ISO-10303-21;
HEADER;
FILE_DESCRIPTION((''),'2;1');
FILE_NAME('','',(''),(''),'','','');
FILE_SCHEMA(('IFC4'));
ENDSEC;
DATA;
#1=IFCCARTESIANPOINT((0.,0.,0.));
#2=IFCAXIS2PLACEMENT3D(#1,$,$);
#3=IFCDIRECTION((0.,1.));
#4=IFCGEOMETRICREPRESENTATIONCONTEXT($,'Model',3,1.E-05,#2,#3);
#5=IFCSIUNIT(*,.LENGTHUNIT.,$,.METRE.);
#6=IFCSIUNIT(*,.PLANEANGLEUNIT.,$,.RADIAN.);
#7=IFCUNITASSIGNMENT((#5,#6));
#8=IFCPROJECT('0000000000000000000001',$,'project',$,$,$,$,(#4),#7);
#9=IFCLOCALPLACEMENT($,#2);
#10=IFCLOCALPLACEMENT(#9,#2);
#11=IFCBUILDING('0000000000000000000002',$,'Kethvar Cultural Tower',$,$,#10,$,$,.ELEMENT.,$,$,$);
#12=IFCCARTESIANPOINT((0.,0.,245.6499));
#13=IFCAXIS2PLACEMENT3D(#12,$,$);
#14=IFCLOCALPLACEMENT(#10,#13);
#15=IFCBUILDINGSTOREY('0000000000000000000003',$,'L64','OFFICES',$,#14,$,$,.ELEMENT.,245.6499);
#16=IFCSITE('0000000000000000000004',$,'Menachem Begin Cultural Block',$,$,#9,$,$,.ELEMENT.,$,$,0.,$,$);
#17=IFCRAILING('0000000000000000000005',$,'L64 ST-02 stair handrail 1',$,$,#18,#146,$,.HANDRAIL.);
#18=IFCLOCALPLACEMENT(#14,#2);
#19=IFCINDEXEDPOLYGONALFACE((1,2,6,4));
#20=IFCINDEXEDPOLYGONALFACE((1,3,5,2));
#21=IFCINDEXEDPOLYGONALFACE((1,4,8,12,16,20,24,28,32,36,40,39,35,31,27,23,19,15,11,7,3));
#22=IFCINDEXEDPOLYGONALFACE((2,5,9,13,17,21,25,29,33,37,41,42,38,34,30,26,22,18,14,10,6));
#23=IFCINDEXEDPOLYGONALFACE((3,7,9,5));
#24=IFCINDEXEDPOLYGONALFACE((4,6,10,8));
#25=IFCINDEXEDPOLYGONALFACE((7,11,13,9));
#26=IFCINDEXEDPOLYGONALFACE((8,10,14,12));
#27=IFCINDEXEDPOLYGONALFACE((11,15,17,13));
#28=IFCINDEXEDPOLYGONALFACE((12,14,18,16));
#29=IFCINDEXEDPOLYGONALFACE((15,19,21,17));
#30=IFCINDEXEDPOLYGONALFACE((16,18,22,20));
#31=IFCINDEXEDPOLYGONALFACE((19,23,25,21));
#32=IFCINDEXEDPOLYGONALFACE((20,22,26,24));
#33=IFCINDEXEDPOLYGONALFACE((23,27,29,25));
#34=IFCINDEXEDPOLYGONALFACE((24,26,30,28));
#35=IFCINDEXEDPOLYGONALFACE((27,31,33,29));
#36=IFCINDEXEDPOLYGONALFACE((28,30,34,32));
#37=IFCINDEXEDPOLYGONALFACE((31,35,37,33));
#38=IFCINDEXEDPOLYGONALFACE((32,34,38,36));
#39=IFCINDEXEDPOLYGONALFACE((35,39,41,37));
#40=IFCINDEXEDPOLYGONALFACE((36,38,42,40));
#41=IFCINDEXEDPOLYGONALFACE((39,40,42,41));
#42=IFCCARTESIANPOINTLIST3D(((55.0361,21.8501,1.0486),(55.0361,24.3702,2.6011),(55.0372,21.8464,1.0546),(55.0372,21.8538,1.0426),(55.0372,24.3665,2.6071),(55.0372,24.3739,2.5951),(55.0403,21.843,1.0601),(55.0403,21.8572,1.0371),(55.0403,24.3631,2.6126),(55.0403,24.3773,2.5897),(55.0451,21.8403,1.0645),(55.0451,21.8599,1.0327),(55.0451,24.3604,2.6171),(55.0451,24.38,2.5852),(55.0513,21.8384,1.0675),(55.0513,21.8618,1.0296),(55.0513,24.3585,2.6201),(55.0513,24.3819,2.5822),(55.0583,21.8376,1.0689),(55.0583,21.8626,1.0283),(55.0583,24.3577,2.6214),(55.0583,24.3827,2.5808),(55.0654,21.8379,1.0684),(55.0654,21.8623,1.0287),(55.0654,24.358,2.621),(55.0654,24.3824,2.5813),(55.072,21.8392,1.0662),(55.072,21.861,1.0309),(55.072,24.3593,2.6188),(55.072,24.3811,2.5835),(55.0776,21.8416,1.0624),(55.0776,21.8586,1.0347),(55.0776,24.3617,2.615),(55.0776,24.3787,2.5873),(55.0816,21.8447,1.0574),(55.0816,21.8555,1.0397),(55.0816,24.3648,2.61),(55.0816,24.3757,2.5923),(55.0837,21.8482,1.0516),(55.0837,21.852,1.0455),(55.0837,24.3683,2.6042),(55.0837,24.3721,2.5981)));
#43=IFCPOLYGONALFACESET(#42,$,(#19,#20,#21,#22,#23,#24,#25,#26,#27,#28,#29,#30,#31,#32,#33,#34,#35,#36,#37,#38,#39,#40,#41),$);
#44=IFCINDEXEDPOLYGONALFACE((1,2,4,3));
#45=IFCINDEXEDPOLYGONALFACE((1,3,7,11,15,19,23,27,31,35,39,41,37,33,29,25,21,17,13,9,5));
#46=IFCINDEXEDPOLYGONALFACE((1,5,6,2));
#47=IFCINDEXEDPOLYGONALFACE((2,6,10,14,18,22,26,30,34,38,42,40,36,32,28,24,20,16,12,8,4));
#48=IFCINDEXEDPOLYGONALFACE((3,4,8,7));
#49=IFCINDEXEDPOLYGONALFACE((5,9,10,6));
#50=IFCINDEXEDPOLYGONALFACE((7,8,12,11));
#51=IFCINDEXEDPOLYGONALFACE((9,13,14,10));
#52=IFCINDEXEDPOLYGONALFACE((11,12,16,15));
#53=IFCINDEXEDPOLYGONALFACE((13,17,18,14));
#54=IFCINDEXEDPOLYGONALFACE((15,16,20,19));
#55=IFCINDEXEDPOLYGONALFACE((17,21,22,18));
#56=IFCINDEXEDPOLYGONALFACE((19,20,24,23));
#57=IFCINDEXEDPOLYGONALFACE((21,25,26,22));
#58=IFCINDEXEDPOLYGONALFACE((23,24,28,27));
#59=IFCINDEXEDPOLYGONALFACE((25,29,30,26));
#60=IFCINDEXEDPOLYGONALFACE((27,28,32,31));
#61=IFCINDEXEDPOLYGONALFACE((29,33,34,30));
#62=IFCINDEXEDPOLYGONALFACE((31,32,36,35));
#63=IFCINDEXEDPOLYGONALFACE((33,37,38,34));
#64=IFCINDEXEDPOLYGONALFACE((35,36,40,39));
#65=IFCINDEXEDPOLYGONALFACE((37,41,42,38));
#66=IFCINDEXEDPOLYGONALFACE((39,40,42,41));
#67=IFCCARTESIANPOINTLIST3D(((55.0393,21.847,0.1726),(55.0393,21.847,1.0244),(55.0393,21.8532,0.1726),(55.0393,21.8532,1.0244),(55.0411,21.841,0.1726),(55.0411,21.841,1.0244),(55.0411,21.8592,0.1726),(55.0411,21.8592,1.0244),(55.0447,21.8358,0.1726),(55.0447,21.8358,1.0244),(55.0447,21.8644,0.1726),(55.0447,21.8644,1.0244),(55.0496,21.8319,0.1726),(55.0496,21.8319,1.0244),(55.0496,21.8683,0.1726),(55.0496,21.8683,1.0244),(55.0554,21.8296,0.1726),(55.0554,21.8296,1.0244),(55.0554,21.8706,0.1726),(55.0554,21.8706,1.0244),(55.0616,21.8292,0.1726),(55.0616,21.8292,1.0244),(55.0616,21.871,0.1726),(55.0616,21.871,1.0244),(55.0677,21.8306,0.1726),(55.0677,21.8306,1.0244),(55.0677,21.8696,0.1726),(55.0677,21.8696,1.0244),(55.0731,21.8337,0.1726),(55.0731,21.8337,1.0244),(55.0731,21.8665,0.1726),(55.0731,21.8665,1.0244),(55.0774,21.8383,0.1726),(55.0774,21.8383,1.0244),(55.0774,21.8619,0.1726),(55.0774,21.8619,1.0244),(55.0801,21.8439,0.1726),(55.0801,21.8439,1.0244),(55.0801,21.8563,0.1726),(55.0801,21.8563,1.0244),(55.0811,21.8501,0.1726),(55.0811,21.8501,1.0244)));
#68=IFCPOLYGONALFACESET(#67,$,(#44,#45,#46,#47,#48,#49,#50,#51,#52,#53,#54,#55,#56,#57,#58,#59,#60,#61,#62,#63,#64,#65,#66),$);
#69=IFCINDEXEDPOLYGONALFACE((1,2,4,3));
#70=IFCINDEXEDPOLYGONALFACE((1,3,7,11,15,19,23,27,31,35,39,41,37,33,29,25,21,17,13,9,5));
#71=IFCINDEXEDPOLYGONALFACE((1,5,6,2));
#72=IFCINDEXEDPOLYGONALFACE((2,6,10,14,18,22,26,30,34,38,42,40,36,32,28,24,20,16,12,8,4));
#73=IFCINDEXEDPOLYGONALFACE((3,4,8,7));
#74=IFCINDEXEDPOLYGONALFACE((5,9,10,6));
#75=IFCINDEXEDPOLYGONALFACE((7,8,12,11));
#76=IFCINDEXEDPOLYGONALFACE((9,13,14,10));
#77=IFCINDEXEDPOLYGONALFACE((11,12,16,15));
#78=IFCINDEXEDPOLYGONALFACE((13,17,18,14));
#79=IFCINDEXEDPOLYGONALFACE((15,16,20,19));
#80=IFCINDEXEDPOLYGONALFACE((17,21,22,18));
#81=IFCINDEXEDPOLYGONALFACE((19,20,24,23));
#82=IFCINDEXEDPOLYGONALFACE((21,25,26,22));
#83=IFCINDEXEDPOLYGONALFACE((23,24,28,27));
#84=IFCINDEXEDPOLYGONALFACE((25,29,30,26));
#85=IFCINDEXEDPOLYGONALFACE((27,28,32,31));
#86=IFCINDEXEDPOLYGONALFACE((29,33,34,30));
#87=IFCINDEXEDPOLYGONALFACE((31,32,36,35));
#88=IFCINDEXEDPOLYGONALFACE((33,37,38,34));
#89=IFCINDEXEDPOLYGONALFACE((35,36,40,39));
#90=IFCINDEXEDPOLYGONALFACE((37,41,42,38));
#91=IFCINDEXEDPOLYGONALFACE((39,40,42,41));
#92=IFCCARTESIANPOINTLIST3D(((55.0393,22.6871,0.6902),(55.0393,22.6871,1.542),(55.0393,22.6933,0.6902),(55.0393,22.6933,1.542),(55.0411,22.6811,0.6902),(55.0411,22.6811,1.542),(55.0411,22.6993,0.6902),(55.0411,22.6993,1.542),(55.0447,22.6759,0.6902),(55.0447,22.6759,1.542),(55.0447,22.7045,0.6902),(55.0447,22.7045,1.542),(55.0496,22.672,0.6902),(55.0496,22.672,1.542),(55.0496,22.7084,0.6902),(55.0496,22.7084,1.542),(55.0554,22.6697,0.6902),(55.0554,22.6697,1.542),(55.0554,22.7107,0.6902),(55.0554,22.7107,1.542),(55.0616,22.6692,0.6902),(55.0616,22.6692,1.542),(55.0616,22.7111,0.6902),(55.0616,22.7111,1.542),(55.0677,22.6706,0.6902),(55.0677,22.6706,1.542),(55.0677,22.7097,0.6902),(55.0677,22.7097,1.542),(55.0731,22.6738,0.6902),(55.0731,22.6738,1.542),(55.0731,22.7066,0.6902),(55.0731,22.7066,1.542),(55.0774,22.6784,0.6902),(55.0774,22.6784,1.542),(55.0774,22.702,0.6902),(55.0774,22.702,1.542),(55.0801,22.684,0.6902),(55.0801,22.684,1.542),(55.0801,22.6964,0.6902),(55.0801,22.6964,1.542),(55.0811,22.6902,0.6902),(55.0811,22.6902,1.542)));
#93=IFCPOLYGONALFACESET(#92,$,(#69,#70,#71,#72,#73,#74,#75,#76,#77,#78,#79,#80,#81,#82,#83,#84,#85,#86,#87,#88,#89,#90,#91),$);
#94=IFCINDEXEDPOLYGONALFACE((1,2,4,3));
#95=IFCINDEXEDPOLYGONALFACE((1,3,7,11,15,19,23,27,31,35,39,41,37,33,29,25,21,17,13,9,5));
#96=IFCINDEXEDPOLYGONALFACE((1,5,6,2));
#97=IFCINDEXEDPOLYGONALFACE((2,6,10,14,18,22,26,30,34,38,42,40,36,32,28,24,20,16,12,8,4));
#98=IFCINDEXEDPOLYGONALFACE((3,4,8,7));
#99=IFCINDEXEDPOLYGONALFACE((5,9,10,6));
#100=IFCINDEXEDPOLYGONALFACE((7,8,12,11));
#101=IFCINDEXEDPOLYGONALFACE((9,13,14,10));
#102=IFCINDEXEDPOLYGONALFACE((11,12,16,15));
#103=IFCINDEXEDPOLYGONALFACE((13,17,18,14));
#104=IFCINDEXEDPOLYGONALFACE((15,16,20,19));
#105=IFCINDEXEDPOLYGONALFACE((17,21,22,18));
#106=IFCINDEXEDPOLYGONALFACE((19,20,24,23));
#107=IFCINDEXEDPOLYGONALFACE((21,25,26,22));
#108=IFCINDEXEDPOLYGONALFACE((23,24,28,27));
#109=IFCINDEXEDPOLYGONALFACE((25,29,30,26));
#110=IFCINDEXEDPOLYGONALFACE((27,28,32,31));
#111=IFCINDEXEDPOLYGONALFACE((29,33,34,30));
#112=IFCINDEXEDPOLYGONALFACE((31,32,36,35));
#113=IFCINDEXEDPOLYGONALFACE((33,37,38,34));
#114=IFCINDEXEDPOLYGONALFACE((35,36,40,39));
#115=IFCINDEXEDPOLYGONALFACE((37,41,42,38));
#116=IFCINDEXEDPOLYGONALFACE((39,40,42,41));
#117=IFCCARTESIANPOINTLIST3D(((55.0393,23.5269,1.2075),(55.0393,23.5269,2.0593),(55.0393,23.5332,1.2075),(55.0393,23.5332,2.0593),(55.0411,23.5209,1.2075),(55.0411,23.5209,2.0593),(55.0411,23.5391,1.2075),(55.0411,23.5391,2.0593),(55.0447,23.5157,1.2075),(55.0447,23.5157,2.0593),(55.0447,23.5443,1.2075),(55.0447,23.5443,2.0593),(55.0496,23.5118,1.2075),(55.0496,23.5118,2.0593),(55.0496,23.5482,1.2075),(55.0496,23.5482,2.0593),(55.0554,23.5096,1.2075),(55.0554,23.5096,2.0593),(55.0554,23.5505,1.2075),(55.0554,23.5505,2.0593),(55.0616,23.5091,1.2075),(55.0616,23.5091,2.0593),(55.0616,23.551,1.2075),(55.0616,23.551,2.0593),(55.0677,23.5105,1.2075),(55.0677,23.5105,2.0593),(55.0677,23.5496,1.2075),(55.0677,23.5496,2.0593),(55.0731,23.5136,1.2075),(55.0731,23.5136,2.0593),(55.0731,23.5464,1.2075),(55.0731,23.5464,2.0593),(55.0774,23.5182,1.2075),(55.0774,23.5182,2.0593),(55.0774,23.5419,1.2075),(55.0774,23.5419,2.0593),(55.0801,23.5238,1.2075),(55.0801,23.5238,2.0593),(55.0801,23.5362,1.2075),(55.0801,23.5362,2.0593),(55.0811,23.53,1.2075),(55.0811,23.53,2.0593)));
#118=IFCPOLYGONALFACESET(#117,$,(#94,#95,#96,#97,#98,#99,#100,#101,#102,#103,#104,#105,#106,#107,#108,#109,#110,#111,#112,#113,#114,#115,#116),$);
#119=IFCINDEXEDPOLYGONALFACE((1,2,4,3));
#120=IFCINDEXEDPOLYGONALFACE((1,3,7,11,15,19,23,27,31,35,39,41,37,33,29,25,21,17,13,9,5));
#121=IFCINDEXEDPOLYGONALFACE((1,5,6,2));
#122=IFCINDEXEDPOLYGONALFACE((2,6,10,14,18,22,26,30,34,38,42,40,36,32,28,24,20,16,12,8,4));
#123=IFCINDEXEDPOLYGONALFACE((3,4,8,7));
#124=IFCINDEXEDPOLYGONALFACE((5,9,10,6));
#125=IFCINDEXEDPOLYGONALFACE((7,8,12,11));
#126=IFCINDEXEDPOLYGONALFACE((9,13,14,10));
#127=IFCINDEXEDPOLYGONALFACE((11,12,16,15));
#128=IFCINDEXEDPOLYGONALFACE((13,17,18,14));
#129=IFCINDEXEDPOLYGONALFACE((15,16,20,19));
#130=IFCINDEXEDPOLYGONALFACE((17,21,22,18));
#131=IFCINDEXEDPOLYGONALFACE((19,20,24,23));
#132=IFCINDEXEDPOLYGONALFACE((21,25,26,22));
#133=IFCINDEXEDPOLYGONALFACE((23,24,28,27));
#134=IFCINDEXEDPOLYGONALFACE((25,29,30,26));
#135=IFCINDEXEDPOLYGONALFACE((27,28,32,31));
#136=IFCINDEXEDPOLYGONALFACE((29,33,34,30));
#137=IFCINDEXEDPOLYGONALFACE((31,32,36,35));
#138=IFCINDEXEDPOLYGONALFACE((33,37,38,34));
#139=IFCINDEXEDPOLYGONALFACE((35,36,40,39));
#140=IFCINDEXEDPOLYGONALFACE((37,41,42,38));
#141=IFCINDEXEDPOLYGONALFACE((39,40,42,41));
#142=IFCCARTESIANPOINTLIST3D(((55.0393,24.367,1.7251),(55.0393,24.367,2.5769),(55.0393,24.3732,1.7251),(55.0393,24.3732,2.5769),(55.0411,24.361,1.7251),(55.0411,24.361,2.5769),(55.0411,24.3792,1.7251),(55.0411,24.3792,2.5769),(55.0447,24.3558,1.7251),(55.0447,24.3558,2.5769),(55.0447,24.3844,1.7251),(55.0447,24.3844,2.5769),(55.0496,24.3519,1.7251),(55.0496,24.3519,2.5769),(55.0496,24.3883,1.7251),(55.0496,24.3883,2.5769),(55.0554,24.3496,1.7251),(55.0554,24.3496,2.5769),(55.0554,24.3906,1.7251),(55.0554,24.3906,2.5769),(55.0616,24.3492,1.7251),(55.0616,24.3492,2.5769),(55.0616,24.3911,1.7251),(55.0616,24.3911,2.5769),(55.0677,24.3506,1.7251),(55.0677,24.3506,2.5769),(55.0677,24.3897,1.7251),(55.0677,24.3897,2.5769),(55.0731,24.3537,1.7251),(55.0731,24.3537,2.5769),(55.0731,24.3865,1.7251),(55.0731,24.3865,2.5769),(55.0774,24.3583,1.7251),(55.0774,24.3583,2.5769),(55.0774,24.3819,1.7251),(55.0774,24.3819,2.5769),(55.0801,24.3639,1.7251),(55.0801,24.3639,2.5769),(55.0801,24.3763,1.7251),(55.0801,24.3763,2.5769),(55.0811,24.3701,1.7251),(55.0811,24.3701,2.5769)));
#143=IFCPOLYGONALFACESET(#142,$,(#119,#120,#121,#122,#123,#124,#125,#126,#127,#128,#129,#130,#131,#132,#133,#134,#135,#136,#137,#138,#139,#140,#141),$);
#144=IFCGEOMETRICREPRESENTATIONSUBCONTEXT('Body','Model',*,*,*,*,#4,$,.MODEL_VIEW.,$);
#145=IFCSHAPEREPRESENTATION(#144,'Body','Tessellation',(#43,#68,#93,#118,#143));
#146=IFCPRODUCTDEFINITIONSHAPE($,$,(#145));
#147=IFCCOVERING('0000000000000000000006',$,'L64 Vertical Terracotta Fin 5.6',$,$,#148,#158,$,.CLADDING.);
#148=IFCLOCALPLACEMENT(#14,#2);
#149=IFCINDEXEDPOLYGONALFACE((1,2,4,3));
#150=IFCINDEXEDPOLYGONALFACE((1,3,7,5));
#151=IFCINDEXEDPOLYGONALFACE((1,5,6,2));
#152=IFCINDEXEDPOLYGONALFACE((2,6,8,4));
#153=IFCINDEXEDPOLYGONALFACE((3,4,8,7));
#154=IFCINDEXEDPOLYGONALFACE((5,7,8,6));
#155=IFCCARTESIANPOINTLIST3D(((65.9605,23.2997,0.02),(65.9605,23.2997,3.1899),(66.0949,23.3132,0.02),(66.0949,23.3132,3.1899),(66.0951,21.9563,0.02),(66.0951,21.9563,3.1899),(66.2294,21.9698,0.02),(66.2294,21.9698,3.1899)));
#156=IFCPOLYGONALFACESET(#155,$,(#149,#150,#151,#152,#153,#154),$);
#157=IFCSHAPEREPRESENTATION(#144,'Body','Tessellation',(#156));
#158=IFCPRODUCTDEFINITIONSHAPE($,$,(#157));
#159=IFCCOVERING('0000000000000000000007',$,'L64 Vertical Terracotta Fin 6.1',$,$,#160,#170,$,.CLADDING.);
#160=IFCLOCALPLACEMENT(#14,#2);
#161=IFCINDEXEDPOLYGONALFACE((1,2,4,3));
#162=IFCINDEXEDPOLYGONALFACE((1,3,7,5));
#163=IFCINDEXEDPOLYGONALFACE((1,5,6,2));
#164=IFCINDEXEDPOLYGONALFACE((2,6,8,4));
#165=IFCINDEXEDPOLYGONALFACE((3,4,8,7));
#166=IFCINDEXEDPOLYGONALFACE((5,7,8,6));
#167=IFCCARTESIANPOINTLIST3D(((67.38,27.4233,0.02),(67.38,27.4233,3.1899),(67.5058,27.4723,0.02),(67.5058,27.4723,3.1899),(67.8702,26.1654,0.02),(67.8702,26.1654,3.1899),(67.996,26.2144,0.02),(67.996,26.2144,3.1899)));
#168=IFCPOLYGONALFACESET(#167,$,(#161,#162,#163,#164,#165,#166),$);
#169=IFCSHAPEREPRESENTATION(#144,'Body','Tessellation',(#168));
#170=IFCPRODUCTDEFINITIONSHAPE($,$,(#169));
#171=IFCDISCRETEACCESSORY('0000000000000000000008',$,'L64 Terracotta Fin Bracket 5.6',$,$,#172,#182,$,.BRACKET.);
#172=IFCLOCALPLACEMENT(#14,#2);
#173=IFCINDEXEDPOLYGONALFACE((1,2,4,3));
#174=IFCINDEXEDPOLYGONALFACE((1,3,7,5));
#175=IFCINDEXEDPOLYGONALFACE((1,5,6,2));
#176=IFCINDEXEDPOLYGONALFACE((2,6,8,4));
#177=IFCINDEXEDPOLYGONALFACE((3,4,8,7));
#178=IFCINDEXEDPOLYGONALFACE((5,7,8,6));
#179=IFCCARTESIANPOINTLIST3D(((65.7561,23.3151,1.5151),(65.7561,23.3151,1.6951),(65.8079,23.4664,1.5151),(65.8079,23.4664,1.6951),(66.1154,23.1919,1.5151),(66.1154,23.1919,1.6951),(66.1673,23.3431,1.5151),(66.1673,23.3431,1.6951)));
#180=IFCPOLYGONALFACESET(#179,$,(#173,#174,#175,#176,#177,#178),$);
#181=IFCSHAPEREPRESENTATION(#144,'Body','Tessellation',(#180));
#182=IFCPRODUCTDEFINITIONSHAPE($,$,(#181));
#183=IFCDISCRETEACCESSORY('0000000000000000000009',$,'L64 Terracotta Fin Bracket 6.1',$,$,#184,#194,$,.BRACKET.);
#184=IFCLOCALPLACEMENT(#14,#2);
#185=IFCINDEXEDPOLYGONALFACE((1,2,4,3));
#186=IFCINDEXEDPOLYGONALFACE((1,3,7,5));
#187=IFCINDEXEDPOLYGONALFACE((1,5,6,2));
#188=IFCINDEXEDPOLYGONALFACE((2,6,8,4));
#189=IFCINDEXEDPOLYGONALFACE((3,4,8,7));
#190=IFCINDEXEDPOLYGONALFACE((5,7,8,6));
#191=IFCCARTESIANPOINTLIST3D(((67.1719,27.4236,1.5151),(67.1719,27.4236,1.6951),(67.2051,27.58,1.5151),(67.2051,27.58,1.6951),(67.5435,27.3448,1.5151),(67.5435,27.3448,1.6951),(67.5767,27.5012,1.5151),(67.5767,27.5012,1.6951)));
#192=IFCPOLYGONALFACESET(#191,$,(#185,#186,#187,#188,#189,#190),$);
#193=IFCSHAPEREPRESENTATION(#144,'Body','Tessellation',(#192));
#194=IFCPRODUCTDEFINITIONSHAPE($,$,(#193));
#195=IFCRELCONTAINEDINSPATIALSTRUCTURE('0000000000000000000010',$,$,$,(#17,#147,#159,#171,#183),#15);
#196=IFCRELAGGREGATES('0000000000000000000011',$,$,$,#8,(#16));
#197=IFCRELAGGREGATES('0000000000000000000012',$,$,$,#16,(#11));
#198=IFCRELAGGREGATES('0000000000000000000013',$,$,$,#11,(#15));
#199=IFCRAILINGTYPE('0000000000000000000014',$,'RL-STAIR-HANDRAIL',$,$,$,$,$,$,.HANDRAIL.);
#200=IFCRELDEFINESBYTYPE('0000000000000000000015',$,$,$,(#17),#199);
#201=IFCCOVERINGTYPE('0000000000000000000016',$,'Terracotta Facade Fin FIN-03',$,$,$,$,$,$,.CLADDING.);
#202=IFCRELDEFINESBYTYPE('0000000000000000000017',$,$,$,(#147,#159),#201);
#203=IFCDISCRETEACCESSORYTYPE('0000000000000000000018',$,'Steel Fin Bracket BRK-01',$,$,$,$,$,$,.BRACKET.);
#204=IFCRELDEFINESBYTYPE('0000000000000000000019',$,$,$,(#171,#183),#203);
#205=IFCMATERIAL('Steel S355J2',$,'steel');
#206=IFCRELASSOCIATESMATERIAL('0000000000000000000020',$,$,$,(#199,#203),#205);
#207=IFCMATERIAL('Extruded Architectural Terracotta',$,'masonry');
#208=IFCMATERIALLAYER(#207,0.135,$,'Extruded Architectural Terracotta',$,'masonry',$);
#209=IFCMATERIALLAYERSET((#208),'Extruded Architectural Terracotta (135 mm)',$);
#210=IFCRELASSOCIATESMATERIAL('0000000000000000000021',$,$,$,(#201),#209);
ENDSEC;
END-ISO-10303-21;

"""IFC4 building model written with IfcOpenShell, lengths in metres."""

from ifc_helpers import new_model, si_unit, direction, frame, origin, origin_2d, place, context, subcontext, project, spatial, rectangle, circle, extrude, source, transform, mapped, material, layer, layer_set, type_object, element, save


model = new_model("IFC4")

# Units and contexts
model_context = context("Model", 3, precision=1e-05, world=origin(), true_north=direction((0.0, 1.0)))
body_context = subcontext(model_context, "Body", "Model", "MODEL_VIEW")
ifc_project = project(units=[si_unit("LENGTHUNIT", "METRE"), si_unit("PLANEANGLEUNIT", "RADIAN")], contexts=[model_context])

# Site, building, storey
site_placement = place(None, origin())
site = spatial("IfcSite", under=ifc_project, at=site_placement, Name="Menachem Begin Cultural Block", CompositionType="ELEMENT", RefElevation=0.0)
building_placement = place(site_placement, origin())
building = spatial("IfcBuilding", under=site, at=building_placement, Name="Kethvar Cultural Tower", CompositionType="ELEMENT")
storey_placement = place(building_placement, frame((0.0, 0.0, 245.6499)))
storey = spatial("IfcBuildingStorey", under=building, at=storey_placement, Name="L64", Description="OFFICES", CompositionType="ELEMENT", Elevation=245.6499)

# Shared definitions
ifc_material_1 = material(Name="Steel S355J2", Category="steel")

# Railing
railing_type = type_object("IfcRailingType", Name="RL-STAIR-HANDRAIL", PredefinedType="HANDRAIL", material=ifc_material_1)
railing_placement = place(storey_placement, frame((55.0601, 21.8501, 0.1726)))
element("IfcRailing", 1, at=railing_placement, inside=storey, type_object=railing_type, Name="L64 ST-02 stair handrail 1", PredefinedType="HANDRAIL", context=body_context, shape_type="SweptSolid", body=[
    extrude(circle(Radius=0.0239, at=origin_2d()), frame((0.0, 0.0, 0.876), z_axis=(0.0, 0.8514, 0.524516), x_axis=(-1.0, 0.0, 0.0)), (0.0, 0.0, 1.0), 2.96),
    extrude(circle(Radius=0.021, at=origin_2d()), origin(), (0.0, 0.0, 1.0), 0.8518),
    extrude(circle(Radius=0.021, at=origin_2d()), frame((0.0, 0.8401, 0.5176)), (0.0, 0.0, 1.0), 0.8518),
    extrude(circle(Radius=0.021, at=origin_2d()), frame((0.0, 1.6799, 1.0349)), (0.0, 0.0, 1.0), 0.8518),
    extrude(circle(Radius=0.021, at=origin_2d()), frame((0.0, 2.52, 1.5525)), (0.0, 0.0, 1.0), 0.8518),
])

# Coverings
ifc_material_2 = material(Name="Extruded Architectural Terracotta", Category="masonry")
ifc_layer_1 = layer(ifc_material_2, 0.135, Name="Extruded Architectural Terracotta", Category="masonry")
ifc_layer_set_1 = layer_set([ifc_layer_1], Name="Extruded Architectural Terracotta (135 mm)")
covering_type = type_object("IfcCoveringType", Name="Terracotta Facade Fin FIN-03", PredefinedType="CLADDING", material=ifc_layer_set_1)
shared_shape_1 = source(origin(), body_context, "Body", "SweptSolid", [
    extrude(rectangle(XDim=1.3501, YDim=0.135, at=origin_2d()), origin(), (0.0, 0.0, 1.0), 3.1699),
])
for number, where, z_axis, x_axis, name in (
    (2, (66.095, 22.6348, 0.02), (0.0, 0.0, 1.0), (0.099667, -0.995021, 0.0), "L64 Vertical Terracotta Fin 5.6"),
    (3, (67.688, 26.8188, 0.02), (0.0, 0.0, 1.0), (0.363089, -0.931755, 0.0), "L64 Vertical Terracotta Fin 6.1"),
):
    element("IfcCovering", number, at=place(storey_placement, frame(where, z_axis=z_axis, x_axis=x_axis)), inside=storey, type_object=covering_type, Name=name, PredefinedType="CLADDING", context=body_context, shape_type="MappedRepresentation", body=[
        mapped(shared_shape_1, transform((0.0, 0.0, 0.0), scale=1.0)),
    ])

# Discrete accessories
discrete_accessory_type = type_object("IfcDiscreteAccessoryType", Name="Steel Fin Bracket BRK-01", PredefinedType="BRACKET", material=ifc_material_1)
shared_shape_2 = source(origin(), body_context, "Body", "SweptSolid", [
    extrude(rectangle(XDim=0.3799, YDim=0.1599, at=origin_2d()), origin(), (0.0, 0.0, 1.0), 0.1799),
])
for number, where, z_axis, x_axis, name in (
    (4, (65.9617, 23.3291, 1.5151), (0.0, 0.0, 1.0), (0.945916, -0.324413, 0.0), "L64 Terracotta Fin Bracket 5.6"),
    (5, (67.3743, 27.4624, 1.5151), (0.0, 0.0, 1.0), (0.97822, -0.20757, 0.0), "L64 Terracotta Fin Bracket 6.1"),
):
    element("IfcDiscreteAccessory", number, at=place(storey_placement, frame(where, z_axis=z_axis, x_axis=x_axis)), inside=storey, type_object=discrete_accessory_type, Name=name, PredefinedType="BRACKET", context=body_context, shape_type="MappedRepresentation", body=[
        mapped(shared_shape_2, transform((0.0, 0.0, 0.0), scale=1.0)),
    ])

save(model, "model.ifc")
